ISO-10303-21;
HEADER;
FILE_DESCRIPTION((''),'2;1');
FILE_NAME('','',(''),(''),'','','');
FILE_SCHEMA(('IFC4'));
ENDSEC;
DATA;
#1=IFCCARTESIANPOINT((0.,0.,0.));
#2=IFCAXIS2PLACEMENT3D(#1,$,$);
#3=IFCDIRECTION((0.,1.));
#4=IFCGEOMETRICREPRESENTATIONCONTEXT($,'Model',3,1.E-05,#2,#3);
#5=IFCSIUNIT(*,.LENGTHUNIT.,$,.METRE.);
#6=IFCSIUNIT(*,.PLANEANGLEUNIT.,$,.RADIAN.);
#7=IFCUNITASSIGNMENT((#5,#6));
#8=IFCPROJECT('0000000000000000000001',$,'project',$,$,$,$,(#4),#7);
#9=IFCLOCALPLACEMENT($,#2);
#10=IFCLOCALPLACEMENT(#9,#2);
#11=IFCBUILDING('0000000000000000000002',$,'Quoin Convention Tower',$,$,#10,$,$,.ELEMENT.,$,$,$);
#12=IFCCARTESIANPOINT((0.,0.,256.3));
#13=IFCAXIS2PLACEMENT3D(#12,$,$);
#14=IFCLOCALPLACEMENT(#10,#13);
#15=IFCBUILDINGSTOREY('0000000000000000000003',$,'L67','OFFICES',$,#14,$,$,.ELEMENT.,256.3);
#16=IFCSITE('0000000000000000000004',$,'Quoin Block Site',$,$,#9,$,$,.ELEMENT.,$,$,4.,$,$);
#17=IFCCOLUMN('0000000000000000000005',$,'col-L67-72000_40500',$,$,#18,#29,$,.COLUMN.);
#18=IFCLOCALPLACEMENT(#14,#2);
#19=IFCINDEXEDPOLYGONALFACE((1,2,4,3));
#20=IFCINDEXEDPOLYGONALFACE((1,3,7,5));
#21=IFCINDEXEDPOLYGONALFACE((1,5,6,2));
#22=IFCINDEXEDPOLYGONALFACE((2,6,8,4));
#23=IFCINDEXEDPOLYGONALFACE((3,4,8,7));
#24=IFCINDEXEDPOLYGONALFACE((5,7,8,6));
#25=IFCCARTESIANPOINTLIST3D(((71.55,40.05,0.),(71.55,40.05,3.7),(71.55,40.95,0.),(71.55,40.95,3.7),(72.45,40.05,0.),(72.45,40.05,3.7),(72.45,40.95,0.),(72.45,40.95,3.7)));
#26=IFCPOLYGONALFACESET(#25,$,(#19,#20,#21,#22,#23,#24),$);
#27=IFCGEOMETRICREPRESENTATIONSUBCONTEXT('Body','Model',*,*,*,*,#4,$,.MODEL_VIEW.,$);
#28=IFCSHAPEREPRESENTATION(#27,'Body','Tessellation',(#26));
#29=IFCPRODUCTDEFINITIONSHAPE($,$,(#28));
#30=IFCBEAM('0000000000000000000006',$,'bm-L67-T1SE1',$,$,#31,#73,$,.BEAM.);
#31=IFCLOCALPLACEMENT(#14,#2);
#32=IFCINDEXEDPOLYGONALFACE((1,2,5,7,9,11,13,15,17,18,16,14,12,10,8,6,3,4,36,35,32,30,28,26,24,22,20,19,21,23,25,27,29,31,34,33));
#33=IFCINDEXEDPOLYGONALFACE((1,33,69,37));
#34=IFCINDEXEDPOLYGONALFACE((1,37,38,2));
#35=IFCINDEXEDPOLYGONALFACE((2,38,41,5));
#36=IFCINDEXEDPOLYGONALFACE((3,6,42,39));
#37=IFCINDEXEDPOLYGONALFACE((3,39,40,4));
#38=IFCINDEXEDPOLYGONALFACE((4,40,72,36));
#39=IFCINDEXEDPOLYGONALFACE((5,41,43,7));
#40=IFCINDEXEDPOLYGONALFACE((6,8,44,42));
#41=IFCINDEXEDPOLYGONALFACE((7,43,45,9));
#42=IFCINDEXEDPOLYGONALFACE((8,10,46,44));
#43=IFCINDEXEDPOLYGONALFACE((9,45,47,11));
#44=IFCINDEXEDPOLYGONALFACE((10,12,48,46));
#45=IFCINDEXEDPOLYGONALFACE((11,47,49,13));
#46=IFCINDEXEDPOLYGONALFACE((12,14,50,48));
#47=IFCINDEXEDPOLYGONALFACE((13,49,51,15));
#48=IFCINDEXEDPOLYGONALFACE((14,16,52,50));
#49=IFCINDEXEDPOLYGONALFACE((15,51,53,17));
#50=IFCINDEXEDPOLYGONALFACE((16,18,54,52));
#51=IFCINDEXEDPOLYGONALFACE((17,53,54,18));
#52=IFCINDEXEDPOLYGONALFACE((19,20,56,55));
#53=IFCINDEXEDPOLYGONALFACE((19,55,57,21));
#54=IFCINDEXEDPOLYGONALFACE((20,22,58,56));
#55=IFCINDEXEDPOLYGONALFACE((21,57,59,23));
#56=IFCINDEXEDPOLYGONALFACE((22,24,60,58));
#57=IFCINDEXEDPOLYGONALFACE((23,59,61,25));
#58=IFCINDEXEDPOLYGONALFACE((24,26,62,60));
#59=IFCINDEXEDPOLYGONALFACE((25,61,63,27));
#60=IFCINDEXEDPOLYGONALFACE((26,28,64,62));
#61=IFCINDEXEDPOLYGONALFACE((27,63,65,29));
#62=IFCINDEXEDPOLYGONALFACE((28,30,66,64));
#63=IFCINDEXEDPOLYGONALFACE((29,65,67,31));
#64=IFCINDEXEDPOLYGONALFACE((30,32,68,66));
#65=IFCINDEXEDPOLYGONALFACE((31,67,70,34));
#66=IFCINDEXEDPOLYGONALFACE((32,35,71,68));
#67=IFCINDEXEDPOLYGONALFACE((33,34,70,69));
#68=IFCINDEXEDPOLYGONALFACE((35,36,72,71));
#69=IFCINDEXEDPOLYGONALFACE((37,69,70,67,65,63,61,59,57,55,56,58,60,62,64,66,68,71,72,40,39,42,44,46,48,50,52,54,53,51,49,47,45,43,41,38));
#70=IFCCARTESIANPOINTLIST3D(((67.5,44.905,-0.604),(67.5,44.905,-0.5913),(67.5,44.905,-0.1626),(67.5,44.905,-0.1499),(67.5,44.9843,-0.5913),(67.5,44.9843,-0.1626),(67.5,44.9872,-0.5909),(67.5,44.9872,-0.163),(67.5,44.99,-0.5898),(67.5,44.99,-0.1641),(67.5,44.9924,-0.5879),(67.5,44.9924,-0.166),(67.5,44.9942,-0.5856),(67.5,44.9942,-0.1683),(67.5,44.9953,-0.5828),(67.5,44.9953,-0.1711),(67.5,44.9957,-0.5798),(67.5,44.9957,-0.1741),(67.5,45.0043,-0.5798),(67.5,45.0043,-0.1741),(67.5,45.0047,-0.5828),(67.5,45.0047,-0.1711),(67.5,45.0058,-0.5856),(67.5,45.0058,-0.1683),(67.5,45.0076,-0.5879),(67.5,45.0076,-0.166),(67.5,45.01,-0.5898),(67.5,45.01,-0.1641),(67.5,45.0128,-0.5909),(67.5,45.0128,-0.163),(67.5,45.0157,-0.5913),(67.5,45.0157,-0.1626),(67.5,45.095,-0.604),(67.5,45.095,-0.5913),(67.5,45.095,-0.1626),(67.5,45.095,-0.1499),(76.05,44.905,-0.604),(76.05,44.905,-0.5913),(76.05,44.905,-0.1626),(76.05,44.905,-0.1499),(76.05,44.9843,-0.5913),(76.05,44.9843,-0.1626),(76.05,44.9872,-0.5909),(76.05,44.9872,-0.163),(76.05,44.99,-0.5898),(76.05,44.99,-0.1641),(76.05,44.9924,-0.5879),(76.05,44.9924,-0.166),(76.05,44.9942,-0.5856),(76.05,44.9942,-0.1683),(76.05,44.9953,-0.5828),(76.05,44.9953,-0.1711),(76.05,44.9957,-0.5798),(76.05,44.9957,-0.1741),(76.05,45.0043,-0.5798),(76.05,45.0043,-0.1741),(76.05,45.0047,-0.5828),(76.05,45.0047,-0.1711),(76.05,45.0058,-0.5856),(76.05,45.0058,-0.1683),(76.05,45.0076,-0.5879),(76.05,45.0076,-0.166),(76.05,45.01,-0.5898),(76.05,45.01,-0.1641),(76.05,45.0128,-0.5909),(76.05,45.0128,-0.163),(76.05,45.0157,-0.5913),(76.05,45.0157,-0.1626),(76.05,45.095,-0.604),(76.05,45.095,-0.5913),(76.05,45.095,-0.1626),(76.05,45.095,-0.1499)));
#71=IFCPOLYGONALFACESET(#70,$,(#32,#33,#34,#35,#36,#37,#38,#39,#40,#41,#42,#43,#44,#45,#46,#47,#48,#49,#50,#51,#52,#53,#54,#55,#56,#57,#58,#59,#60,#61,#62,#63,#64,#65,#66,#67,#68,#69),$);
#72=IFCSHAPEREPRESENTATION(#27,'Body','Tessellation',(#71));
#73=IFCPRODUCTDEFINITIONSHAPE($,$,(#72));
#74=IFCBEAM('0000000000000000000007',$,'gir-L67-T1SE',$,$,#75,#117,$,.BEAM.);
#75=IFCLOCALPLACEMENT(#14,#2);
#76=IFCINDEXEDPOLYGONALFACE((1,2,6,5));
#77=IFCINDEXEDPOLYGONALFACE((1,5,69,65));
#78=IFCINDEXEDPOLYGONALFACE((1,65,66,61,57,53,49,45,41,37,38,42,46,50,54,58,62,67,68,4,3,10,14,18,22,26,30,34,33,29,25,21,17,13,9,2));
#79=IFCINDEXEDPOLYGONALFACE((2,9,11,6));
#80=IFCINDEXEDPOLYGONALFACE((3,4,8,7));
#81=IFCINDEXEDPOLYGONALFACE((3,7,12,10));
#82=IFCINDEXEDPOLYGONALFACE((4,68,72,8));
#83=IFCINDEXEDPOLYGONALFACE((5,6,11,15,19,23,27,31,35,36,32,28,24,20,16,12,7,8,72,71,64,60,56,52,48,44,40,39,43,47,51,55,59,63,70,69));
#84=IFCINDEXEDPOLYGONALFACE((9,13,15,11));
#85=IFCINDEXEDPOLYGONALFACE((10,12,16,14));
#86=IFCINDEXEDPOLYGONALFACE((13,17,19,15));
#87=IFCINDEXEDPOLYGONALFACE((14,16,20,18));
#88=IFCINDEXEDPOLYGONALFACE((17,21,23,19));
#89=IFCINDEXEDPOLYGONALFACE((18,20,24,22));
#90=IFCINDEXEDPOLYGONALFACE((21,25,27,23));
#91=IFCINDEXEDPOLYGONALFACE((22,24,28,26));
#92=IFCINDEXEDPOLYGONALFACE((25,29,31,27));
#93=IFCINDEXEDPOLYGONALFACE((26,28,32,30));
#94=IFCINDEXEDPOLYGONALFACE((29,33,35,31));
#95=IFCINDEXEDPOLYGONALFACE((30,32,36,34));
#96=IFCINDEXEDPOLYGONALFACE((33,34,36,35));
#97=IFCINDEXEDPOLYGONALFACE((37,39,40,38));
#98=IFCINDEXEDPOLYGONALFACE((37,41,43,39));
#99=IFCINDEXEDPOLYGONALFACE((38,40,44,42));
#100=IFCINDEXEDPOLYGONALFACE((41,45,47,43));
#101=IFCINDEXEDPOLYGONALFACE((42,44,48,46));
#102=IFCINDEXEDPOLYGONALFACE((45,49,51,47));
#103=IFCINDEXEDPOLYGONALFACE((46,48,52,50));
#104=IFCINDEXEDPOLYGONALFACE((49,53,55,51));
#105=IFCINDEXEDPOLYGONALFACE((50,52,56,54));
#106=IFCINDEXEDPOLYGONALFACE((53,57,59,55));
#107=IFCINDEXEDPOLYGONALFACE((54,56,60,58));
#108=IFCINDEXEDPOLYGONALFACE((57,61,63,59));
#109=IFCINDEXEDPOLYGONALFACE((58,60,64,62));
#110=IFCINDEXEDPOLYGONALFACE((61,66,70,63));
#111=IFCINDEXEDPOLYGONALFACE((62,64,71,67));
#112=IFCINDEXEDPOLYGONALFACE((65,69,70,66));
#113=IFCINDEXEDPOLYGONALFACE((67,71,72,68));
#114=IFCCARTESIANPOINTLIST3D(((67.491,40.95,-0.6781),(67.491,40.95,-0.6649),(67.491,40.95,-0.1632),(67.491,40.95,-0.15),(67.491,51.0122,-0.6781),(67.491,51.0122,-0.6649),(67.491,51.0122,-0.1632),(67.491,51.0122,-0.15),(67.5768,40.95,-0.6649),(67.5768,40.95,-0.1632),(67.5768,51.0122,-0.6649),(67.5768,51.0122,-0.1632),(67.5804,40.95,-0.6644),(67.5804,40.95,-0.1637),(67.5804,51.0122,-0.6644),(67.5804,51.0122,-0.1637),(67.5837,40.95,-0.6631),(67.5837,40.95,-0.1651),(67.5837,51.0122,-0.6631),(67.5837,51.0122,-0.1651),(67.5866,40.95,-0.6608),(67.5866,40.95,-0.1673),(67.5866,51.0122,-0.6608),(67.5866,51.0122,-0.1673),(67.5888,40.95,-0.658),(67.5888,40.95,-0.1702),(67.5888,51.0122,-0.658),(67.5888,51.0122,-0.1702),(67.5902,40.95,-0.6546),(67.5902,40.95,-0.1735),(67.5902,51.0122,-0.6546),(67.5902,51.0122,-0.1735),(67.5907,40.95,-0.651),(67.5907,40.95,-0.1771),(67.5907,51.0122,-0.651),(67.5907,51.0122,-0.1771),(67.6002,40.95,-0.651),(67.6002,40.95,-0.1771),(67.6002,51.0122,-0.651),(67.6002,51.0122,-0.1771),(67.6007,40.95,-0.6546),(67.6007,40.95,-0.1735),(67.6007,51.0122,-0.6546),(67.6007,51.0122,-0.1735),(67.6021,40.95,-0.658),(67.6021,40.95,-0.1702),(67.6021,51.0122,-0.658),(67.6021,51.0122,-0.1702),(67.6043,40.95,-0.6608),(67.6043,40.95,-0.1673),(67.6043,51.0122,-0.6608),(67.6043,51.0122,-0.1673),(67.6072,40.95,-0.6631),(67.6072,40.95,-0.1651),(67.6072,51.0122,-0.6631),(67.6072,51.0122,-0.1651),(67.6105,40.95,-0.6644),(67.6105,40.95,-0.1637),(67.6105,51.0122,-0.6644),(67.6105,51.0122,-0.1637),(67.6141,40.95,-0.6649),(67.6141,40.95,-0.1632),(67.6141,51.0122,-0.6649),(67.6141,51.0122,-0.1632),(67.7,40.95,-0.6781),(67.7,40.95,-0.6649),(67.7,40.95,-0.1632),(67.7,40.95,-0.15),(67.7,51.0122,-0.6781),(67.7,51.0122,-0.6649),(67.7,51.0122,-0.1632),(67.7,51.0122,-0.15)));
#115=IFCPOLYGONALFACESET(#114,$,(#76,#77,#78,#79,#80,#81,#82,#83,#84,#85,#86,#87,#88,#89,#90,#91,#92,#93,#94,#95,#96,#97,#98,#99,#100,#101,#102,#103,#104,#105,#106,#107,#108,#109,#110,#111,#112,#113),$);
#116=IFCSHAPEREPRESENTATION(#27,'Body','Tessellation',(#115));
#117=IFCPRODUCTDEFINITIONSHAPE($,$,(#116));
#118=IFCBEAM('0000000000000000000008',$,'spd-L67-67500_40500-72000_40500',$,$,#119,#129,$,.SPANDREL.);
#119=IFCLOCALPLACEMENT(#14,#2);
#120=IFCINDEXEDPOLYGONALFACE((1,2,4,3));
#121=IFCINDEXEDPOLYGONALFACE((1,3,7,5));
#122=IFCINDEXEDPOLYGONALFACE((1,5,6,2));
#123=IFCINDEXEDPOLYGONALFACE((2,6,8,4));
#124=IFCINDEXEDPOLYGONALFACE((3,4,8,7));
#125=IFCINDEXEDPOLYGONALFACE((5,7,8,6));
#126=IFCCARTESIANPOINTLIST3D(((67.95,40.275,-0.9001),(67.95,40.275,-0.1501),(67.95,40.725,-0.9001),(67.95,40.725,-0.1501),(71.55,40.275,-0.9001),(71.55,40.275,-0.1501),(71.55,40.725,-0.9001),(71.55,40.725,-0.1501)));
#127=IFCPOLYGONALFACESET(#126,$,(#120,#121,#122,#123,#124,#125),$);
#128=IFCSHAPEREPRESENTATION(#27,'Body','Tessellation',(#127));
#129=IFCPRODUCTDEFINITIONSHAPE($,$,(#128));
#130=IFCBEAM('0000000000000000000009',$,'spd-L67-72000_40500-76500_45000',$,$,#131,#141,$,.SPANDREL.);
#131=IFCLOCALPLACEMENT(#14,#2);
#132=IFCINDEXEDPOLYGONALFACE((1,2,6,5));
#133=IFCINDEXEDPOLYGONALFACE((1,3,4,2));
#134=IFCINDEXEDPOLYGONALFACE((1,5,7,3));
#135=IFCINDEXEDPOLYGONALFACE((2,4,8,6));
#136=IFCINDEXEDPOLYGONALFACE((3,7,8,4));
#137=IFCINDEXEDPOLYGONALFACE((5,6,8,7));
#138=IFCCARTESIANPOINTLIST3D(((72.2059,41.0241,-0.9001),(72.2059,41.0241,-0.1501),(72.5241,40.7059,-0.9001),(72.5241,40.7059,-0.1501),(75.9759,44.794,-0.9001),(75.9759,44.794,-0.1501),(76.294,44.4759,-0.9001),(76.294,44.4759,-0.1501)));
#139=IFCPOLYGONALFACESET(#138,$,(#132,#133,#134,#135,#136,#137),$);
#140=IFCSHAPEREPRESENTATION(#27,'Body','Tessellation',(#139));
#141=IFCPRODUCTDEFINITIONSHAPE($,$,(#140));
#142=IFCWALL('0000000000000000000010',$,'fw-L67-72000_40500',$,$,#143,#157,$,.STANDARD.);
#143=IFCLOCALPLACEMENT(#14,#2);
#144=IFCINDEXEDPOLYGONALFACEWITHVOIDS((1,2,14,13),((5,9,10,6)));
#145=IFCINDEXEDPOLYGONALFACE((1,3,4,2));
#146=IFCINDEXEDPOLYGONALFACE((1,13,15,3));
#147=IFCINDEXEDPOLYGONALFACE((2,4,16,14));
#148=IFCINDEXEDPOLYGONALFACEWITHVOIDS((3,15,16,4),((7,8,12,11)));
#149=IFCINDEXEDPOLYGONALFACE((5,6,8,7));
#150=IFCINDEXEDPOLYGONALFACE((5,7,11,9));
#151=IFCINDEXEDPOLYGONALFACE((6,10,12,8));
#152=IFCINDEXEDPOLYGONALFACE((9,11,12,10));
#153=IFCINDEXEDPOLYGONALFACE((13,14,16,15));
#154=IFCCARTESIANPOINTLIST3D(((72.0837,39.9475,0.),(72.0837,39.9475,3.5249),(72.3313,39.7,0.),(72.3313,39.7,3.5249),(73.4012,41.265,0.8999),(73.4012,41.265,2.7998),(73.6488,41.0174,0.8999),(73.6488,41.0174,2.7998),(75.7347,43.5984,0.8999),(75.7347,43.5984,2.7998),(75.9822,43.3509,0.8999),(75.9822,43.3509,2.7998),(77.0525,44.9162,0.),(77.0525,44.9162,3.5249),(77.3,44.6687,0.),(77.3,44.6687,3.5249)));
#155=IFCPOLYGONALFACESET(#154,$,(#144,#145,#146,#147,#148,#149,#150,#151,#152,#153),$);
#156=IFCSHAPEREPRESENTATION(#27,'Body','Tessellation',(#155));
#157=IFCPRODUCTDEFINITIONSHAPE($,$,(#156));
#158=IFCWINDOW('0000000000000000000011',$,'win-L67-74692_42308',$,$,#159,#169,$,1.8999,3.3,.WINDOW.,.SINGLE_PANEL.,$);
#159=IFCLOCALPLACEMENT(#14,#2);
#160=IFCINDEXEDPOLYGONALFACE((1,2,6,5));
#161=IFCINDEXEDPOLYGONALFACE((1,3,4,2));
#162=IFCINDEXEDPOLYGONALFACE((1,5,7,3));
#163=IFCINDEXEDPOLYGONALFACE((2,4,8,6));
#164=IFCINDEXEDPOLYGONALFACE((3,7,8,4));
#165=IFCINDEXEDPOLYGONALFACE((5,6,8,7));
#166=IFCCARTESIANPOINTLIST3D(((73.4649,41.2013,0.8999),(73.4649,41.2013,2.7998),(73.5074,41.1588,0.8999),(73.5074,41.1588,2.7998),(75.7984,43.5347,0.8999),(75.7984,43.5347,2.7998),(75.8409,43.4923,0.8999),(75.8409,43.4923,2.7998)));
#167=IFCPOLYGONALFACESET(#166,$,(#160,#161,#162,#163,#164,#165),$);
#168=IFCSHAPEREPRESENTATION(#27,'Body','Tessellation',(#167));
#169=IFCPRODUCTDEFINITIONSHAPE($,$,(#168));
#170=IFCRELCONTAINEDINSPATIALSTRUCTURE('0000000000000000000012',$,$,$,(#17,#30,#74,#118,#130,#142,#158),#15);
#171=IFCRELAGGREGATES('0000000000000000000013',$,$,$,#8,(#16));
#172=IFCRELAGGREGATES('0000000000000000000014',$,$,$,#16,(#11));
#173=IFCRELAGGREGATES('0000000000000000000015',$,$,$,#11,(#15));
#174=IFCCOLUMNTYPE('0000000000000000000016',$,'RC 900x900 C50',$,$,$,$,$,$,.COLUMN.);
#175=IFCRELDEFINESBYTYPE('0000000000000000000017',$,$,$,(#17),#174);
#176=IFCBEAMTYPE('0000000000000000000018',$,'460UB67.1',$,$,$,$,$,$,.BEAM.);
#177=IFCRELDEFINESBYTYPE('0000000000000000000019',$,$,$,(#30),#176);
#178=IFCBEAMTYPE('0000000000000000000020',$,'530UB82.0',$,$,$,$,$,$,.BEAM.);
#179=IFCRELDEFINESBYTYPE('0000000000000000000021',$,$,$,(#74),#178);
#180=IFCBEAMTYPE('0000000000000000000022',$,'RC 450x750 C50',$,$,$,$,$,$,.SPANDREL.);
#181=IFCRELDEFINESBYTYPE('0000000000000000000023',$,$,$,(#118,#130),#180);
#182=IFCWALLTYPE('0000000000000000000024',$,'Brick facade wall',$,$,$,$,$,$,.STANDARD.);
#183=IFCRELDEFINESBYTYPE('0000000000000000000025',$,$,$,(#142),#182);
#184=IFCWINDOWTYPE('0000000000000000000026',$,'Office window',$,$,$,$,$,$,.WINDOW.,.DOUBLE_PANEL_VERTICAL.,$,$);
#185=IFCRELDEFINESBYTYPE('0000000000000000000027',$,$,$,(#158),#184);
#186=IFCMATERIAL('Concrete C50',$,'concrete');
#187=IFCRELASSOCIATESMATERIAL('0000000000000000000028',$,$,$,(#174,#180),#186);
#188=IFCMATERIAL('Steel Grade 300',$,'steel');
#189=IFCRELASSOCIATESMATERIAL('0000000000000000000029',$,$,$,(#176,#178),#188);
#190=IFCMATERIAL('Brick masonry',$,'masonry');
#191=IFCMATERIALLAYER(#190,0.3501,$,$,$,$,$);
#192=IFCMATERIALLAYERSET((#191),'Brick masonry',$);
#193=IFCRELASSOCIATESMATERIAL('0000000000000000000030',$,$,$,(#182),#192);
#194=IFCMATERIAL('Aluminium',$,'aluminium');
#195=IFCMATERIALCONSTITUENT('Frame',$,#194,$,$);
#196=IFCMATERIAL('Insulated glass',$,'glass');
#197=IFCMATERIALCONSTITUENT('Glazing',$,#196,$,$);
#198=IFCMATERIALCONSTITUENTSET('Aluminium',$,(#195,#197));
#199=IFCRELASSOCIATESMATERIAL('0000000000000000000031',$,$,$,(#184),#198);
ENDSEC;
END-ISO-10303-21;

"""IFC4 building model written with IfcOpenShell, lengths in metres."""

from ifc_helpers import new_model, si_unit, direction, frame, frame_2d, origin, origin_2d, place, context, subcontext, project, spatial, rectangle, i_section, extrude, material, layer, layer_set, constituent, constituent_set, material_profile, profile_set, type_object, element, fill, save


model = new_model("IFC4")

# Units and contexts
model_context = context("Model", 3, precision=1e-05, world=origin(), true_north=direction((0.0, 1.0)))
body_context = subcontext(model_context, "Body", "Model", "MODEL_VIEW")
ifc_project = project(units=[si_unit("LENGTHUNIT", "METRE"), si_unit("PLANEANGLEUNIT", "RADIAN")], contexts=[model_context])

# Site, building, storey
site_placement = place(None, origin())
site = spatial("IfcSite", under=ifc_project, at=site_placement, Name="Quoin Block Site", CompositionType="ELEMENT", RefElevation=4.0)
building_placement = place(site_placement, origin())
building = spatial("IfcBuilding", under=site, at=building_placement, Name="Quoin Convention Tower", CompositionType="ELEMENT")
storey_placement = place(building_placement, frame((0.0, 0.0, 256.3)))
storey = spatial("IfcBuildingStorey", under=building, at=storey_placement, Name="L67", Description="OFFICES", CompositionType="ELEMENT", Elevation=256.3)

# Column
ifc_material_1 = material(Name="Concrete C50", Category="concrete")
ifc_material_profile_1 = material_profile(ifc_material_1, rectangle(XDim=0.8999, YDim=0.8999, at=origin_2d()), Name="RC 900x900")
ifc_profile_set_1 = profile_set([ifc_material_profile_1], Name="Concrete C50")
column_type = type_object("IfcColumnType", Name="RC 900x900 C50", PredefinedType="COLUMN", material=ifc_profile_set_1)
column_placement = place(storey_placement, frame((72.0, 40.5, 0.0), z_axis=(0.0, 0.0, 1.0), x_axis=(1.0, 0.0, 0.0)))
element("IfcColumn", 1, at=column_placement, inside=storey, type_object=column_type, Name="col-L67-72000_40500", PredefinedType="COLUMN", context=body_context, shape_type="SweptSolid", body=[
    extrude(rectangle(XDim=0.8999, YDim=0.8999, at=origin_2d()), origin(), (0.0, 0.0, 1.0), 3.7),
])

# Beams
ifc_material_2 = material(Name="Steel Grade 300", Category="steel")
ifc_material_profile_2 = material_profile(ifc_material_2, i_section(OverallWidth=0.1899, OverallDepth=0.4541, WebThickness=0.0085, FlangeThickness=0.0127, FilletRadius=0.0115, at=origin_2d()), Name="460UB67.1")
ifc_profile_set_2 = profile_set([ifc_material_profile_2], Name="Steel Grade 300")
beam_type_1 = type_object("IfcBeamType", Name="460UB67.1", PredefinedType="BEAM", material=ifc_profile_set_2)
beam_1_placement = place(storey_placement, frame((67.5, 45.0, -0.377), z_axis=(1.0, 0.0, 0.0), x_axis=(0.0, 1.0, 0.0)))
element("IfcBeam", 2, at=beam_1_placement, inside=storey, type_object=beam_type_1, Name="bm-L67-T1SE1", PredefinedType="BEAM", context=body_context, shape_type="SweptSolid", body=[
    extrude(i_section(OverallWidth=0.1899, OverallDepth=0.4541, WebThickness=0.0085, FlangeThickness=0.0127, FilletRadius=0.0115, at=origin_2d()), origin(), (0.0, 0.0, 1.0), 8.55),
])
ifc_material_profile_3 = material_profile(ifc_material_2, i_section(OverallWidth=0.209, OverallDepth=0.5281, WebThickness=0.0095, FlangeThickness=0.0132, FilletRadius=0.0139, at=origin_2d()), Name="530UB82.0")
ifc_profile_set_3 = profile_set([ifc_material_profile_3], Name="Steel Grade 300")
beam_type_2 = type_object("IfcBeamType", Name="530UB82.0", PredefinedType="BEAM", material=ifc_profile_set_3)
beam_2_placement = place(storey_placement, frame((67.5955, 40.95, -0.4141), z_axis=(0.0, 1.0, 0.0), x_axis=(-1.0, 0.0, 0.0)))
element("IfcBeam", 3, at=beam_2_placement, inside=storey, type_object=beam_type_2, Name="gir-L67-T1SE", PredefinedType="BEAM", context=body_context, shape_type="SweptSolid", body=[
    extrude(i_section(OverallWidth=0.209, OverallDepth=0.5281, WebThickness=0.0095, FlangeThickness=0.0132, FilletRadius=0.0139, at=origin_2d()), origin(), (0.0, 0.0, 1.0), 10.0623),
])
ifc_material_profile_4 = material_profile(ifc_material_1, rectangle(XDim=0.45, YDim=0.75, at=origin_2d()), Name="RC 450x750")
ifc_profile_set_4 = profile_set([ifc_material_profile_4], Name="Concrete C50")
beam_type_3 = type_object("IfcBeamType", Name="RC 450x750 C50", PredefinedType="SPANDREL", material=ifc_profile_set_4)
beam_3_placement = place(storey_placement, frame((67.95, 40.5, -0.5251), z_axis=(1.0, 0.0, 0.0), x_axis=(0.0, 1.0, 0.0)))
element("IfcBeam", 4, at=beam_3_placement, inside=storey, type_object=beam_type_3, Name="spd-L67-67500_40500-72000_40500", PredefinedType="SPANDREL", context=body_context, shape_type="SweptSolid", body=[
    extrude(rectangle(XDim=0.45, YDim=0.75, at=origin_2d()), origin(), (0.0, 0.0, 1.0), 3.6001),
])
beam_4_placement = place(storey_placement, frame((72.365, 40.865, -0.5251), z_axis=(0.707107, 0.707107, 0.0), x_axis=(-0.707107, 0.707107, 0.0)))
element("IfcBeam", 5, at=beam_4_placement, inside=storey, type_object=beam_type_3, Name="spd-L67-72000_40500-76500_45000", PredefinedType="SPANDREL", context=body_context, shape_type="SweptSolid", body=[
    extrude(rectangle(XDim=0.45, YDim=0.75, at=origin_2d()), origin(), (0.0, 0.0, 1.0), 5.3315),
])

# Wall, opening, window
ifc_material_3 = material(Name="Brick masonry", Category="masonry")
ifc_layer_1 = layer(ifc_material_3, 0.3501)
ifc_layer_set_1 = layer_set([ifc_layer_1], Name="Brick masonry")
wall_type_1 = type_object("IfcWallType", Name="Brick facade wall", PredefinedType="STANDARD", material=ifc_layer_set_1)
wall_1_placement = place(storey_placement, frame((72.2075, 39.8237, 0.0), z_axis=(0.0, 0.0, 1.0), x_axis=(0.707107, 0.707107, 0.0)))
wall_1 = element("IfcWall", 6, at=wall_1_placement, inside=storey, type_object=wall_type_1, Name="fw-L67-72000_40500", PredefinedType="STANDARD", context=body_context, shape_type="SweptSolid", body=[
    extrude(rectangle(XDim=7.0269, YDim=0.3501, at=frame_2d((3.5134, 0.0))), origin(), (0.0, 0.0, 1.0), 3.5249),
])
opening_1_placement = place(wall_1_placement, frame((1.8633, 0.0, 0.8999)))
opening_1 = element("IfcOpeningElement", 7, at=opening_1_placement, cuts=wall_1, PredefinedType="OPENING", context=body_context, shape_type="SweptSolid", body=[
    extrude(rectangle(XDim=3.3, YDim=1.8999, at=frame_2d((1.6499, 0.95))), frame((0.0, 0.1851, 0.0), z_axis=(0.0, -1.0, 0.0), x_axis=(1.0, 0.0, 0.0)), (0.0, 0.0, 1.0), 0.3701),
])
ifc_material_4 = material(Name="Aluminium", Category="aluminium")
ifc_constituent_1 = constituent(ifc_material_4, Name="Frame")
ifc_material_5 = material(Name="Insulated glass", Category="glass")
ifc_constituent_2 = constituent(ifc_material_5, Name="Glazing")
ifc_constituent_set = constituent_set(constituents=[ifc_constituent_1, ifc_constituent_2], Name="Aluminium")
window_type = type_object("IfcWindowType", Name="Office window", PartitioningType="DOUBLE_PANEL_VERTICAL", PredefinedType="WINDOW", material=ifc_constituent_set)
window_1_placement = place(opening_1_placement, origin())
window_1 = element("IfcWindow", 8, at=window_1_placement, inside=storey, type_object=window_type, Name="win-L67-74692_42308", OverallHeight=1.8999, OverallWidth=3.3, PartitioningType="SINGLE_PANEL", PredefinedType="WINDOW", context=body_context, shape_type="SweptSolid", body=[
    extrude(rectangle(XDim=3.3, YDim=1.8999, at=frame_2d((1.6499, 0.95))), frame((0.0, 0.085, 0.0), z_axis=(0.0, -1.0, 0.0), x_axis=(1.0, 0.0, 0.0)), (0.0, 0.0, 1.0), 0.0601),
])
fill(opening_1, window_1)

save(model, "model.ifc")
